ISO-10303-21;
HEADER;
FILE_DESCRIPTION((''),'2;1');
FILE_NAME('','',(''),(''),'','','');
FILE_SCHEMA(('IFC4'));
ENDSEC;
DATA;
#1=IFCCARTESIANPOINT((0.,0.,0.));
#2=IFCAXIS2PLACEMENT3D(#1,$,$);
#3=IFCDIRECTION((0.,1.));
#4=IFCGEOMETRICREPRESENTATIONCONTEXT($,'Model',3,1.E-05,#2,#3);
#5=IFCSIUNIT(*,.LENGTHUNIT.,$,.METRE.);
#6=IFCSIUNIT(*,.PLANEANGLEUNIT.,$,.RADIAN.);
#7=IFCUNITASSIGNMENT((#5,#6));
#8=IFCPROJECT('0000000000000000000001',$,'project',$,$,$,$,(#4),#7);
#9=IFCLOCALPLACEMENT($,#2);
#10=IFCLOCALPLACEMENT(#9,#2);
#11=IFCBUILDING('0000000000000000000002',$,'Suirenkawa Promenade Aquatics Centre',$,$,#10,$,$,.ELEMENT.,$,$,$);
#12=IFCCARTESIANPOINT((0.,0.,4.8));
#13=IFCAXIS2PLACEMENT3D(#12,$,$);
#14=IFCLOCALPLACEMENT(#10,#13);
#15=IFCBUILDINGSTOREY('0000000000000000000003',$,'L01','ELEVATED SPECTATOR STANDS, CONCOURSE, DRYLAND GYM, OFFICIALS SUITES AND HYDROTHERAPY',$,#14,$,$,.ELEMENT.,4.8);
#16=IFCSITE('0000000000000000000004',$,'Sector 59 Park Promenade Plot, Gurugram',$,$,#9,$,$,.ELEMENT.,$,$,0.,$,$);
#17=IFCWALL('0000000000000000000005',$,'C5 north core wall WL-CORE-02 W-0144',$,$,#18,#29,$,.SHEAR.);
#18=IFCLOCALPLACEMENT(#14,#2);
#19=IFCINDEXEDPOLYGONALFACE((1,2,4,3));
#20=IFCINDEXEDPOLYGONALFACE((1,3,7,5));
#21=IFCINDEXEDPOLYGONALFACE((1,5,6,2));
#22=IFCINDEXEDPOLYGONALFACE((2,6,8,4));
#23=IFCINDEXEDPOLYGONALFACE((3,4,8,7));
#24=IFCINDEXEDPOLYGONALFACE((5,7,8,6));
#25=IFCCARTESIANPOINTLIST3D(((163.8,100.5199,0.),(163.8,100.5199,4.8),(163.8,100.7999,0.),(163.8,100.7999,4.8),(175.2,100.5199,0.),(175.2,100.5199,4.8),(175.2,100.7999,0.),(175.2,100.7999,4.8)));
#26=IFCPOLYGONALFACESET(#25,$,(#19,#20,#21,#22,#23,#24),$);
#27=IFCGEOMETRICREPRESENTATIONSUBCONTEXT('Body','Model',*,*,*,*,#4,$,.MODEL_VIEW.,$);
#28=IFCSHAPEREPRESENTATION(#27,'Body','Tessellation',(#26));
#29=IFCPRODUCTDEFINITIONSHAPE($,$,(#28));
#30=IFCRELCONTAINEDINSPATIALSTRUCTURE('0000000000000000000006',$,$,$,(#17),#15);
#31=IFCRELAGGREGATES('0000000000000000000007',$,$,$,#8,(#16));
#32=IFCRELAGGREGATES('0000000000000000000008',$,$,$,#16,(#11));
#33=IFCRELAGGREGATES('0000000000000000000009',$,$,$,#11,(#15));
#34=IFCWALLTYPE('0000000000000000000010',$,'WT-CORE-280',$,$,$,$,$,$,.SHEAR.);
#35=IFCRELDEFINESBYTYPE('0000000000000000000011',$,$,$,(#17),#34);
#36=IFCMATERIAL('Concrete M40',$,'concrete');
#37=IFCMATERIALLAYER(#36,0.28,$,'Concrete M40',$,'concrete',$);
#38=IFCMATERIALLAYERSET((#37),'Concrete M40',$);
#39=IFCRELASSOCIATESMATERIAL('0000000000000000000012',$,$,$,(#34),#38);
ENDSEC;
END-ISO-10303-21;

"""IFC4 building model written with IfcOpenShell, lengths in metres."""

from ifc_helpers import new_model, si_unit, direction, frame, frame_2d, origin, place, context, subcontext, project, spatial, rectangle, extrude, material, layer, layer_set, type_object, element, save


model = new_model("IFC4")

# Units and contexts
model_context = context("Model", 3, precision=1e-05, world=origin(), true_north=direction((0.0, 1.0)))
body_context = subcontext(model_context, "Body", "Model", "MODEL_VIEW")
ifc_project = project(units=[si_unit("LENGTHUNIT", "METRE"), si_unit("PLANEANGLEUNIT", "RADIAN")], contexts=[model_context])

# Site, building, storey
site_placement = place(None, origin())
site = spatial("IfcSite", under=ifc_project, at=site_placement, Name="Sector 59 Park Promenade Plot, Gurugram", CompositionType="ELEMENT", RefElevation=0.0)
building_placement = place(site_placement, origin())
building = spatial("IfcBuilding", under=site, at=building_placement, Name="Suirenkawa Promenade Aquatics Centre", CompositionType="ELEMENT")
storey_placement = place(building_placement, frame((0.0, 0.0, 4.8)))
storey = spatial("IfcBuildingStorey", under=building, at=storey_placement, Name="L01", Description="ELEVATED SPECTATOR STANDS, CONCOURSE, DRYLAND GYM, OFFICIALS SUITES AND HYDROTHERAPY", CompositionType="ELEMENT", Elevation=4.8)

# Shared definitions
ifc_material_1 = material(Name="Concrete M40", Category="concrete")

# Wall
ifc_layer_1 = layer(ifc_material_1, 0.28, Name="Concrete M40", Category="concrete")
ifc_layer_set_1 = layer_set([ifc_layer_1], Name="Concrete M40")
wall_type = type_object("IfcWallType", Name="WT-CORE-280", PredefinedType="SHEAR", material=ifc_layer_set_1)
wall_placement = place(storey_placement, frame((163.8, 100.6599, 0.0), z_axis=(0.0, 0.0, 1.0), x_axis=(1.0, 0.0, 0.0)))
element("IfcWall", 1, at=wall_placement, inside=storey, type_object=wall_type, Name="C5 north core wall WL-CORE-02 W-0144", PredefinedType="SHEAR", context=body_context, shape_type="SweptSolid", body=[
    extrude(rectangle(XDim=11.3999, YDim=0.28, at=frame_2d((5.7, 0.0))), origin(), (0.0, 0.0, 1.0), 4.8),
])

save(model, "model.ifc")
